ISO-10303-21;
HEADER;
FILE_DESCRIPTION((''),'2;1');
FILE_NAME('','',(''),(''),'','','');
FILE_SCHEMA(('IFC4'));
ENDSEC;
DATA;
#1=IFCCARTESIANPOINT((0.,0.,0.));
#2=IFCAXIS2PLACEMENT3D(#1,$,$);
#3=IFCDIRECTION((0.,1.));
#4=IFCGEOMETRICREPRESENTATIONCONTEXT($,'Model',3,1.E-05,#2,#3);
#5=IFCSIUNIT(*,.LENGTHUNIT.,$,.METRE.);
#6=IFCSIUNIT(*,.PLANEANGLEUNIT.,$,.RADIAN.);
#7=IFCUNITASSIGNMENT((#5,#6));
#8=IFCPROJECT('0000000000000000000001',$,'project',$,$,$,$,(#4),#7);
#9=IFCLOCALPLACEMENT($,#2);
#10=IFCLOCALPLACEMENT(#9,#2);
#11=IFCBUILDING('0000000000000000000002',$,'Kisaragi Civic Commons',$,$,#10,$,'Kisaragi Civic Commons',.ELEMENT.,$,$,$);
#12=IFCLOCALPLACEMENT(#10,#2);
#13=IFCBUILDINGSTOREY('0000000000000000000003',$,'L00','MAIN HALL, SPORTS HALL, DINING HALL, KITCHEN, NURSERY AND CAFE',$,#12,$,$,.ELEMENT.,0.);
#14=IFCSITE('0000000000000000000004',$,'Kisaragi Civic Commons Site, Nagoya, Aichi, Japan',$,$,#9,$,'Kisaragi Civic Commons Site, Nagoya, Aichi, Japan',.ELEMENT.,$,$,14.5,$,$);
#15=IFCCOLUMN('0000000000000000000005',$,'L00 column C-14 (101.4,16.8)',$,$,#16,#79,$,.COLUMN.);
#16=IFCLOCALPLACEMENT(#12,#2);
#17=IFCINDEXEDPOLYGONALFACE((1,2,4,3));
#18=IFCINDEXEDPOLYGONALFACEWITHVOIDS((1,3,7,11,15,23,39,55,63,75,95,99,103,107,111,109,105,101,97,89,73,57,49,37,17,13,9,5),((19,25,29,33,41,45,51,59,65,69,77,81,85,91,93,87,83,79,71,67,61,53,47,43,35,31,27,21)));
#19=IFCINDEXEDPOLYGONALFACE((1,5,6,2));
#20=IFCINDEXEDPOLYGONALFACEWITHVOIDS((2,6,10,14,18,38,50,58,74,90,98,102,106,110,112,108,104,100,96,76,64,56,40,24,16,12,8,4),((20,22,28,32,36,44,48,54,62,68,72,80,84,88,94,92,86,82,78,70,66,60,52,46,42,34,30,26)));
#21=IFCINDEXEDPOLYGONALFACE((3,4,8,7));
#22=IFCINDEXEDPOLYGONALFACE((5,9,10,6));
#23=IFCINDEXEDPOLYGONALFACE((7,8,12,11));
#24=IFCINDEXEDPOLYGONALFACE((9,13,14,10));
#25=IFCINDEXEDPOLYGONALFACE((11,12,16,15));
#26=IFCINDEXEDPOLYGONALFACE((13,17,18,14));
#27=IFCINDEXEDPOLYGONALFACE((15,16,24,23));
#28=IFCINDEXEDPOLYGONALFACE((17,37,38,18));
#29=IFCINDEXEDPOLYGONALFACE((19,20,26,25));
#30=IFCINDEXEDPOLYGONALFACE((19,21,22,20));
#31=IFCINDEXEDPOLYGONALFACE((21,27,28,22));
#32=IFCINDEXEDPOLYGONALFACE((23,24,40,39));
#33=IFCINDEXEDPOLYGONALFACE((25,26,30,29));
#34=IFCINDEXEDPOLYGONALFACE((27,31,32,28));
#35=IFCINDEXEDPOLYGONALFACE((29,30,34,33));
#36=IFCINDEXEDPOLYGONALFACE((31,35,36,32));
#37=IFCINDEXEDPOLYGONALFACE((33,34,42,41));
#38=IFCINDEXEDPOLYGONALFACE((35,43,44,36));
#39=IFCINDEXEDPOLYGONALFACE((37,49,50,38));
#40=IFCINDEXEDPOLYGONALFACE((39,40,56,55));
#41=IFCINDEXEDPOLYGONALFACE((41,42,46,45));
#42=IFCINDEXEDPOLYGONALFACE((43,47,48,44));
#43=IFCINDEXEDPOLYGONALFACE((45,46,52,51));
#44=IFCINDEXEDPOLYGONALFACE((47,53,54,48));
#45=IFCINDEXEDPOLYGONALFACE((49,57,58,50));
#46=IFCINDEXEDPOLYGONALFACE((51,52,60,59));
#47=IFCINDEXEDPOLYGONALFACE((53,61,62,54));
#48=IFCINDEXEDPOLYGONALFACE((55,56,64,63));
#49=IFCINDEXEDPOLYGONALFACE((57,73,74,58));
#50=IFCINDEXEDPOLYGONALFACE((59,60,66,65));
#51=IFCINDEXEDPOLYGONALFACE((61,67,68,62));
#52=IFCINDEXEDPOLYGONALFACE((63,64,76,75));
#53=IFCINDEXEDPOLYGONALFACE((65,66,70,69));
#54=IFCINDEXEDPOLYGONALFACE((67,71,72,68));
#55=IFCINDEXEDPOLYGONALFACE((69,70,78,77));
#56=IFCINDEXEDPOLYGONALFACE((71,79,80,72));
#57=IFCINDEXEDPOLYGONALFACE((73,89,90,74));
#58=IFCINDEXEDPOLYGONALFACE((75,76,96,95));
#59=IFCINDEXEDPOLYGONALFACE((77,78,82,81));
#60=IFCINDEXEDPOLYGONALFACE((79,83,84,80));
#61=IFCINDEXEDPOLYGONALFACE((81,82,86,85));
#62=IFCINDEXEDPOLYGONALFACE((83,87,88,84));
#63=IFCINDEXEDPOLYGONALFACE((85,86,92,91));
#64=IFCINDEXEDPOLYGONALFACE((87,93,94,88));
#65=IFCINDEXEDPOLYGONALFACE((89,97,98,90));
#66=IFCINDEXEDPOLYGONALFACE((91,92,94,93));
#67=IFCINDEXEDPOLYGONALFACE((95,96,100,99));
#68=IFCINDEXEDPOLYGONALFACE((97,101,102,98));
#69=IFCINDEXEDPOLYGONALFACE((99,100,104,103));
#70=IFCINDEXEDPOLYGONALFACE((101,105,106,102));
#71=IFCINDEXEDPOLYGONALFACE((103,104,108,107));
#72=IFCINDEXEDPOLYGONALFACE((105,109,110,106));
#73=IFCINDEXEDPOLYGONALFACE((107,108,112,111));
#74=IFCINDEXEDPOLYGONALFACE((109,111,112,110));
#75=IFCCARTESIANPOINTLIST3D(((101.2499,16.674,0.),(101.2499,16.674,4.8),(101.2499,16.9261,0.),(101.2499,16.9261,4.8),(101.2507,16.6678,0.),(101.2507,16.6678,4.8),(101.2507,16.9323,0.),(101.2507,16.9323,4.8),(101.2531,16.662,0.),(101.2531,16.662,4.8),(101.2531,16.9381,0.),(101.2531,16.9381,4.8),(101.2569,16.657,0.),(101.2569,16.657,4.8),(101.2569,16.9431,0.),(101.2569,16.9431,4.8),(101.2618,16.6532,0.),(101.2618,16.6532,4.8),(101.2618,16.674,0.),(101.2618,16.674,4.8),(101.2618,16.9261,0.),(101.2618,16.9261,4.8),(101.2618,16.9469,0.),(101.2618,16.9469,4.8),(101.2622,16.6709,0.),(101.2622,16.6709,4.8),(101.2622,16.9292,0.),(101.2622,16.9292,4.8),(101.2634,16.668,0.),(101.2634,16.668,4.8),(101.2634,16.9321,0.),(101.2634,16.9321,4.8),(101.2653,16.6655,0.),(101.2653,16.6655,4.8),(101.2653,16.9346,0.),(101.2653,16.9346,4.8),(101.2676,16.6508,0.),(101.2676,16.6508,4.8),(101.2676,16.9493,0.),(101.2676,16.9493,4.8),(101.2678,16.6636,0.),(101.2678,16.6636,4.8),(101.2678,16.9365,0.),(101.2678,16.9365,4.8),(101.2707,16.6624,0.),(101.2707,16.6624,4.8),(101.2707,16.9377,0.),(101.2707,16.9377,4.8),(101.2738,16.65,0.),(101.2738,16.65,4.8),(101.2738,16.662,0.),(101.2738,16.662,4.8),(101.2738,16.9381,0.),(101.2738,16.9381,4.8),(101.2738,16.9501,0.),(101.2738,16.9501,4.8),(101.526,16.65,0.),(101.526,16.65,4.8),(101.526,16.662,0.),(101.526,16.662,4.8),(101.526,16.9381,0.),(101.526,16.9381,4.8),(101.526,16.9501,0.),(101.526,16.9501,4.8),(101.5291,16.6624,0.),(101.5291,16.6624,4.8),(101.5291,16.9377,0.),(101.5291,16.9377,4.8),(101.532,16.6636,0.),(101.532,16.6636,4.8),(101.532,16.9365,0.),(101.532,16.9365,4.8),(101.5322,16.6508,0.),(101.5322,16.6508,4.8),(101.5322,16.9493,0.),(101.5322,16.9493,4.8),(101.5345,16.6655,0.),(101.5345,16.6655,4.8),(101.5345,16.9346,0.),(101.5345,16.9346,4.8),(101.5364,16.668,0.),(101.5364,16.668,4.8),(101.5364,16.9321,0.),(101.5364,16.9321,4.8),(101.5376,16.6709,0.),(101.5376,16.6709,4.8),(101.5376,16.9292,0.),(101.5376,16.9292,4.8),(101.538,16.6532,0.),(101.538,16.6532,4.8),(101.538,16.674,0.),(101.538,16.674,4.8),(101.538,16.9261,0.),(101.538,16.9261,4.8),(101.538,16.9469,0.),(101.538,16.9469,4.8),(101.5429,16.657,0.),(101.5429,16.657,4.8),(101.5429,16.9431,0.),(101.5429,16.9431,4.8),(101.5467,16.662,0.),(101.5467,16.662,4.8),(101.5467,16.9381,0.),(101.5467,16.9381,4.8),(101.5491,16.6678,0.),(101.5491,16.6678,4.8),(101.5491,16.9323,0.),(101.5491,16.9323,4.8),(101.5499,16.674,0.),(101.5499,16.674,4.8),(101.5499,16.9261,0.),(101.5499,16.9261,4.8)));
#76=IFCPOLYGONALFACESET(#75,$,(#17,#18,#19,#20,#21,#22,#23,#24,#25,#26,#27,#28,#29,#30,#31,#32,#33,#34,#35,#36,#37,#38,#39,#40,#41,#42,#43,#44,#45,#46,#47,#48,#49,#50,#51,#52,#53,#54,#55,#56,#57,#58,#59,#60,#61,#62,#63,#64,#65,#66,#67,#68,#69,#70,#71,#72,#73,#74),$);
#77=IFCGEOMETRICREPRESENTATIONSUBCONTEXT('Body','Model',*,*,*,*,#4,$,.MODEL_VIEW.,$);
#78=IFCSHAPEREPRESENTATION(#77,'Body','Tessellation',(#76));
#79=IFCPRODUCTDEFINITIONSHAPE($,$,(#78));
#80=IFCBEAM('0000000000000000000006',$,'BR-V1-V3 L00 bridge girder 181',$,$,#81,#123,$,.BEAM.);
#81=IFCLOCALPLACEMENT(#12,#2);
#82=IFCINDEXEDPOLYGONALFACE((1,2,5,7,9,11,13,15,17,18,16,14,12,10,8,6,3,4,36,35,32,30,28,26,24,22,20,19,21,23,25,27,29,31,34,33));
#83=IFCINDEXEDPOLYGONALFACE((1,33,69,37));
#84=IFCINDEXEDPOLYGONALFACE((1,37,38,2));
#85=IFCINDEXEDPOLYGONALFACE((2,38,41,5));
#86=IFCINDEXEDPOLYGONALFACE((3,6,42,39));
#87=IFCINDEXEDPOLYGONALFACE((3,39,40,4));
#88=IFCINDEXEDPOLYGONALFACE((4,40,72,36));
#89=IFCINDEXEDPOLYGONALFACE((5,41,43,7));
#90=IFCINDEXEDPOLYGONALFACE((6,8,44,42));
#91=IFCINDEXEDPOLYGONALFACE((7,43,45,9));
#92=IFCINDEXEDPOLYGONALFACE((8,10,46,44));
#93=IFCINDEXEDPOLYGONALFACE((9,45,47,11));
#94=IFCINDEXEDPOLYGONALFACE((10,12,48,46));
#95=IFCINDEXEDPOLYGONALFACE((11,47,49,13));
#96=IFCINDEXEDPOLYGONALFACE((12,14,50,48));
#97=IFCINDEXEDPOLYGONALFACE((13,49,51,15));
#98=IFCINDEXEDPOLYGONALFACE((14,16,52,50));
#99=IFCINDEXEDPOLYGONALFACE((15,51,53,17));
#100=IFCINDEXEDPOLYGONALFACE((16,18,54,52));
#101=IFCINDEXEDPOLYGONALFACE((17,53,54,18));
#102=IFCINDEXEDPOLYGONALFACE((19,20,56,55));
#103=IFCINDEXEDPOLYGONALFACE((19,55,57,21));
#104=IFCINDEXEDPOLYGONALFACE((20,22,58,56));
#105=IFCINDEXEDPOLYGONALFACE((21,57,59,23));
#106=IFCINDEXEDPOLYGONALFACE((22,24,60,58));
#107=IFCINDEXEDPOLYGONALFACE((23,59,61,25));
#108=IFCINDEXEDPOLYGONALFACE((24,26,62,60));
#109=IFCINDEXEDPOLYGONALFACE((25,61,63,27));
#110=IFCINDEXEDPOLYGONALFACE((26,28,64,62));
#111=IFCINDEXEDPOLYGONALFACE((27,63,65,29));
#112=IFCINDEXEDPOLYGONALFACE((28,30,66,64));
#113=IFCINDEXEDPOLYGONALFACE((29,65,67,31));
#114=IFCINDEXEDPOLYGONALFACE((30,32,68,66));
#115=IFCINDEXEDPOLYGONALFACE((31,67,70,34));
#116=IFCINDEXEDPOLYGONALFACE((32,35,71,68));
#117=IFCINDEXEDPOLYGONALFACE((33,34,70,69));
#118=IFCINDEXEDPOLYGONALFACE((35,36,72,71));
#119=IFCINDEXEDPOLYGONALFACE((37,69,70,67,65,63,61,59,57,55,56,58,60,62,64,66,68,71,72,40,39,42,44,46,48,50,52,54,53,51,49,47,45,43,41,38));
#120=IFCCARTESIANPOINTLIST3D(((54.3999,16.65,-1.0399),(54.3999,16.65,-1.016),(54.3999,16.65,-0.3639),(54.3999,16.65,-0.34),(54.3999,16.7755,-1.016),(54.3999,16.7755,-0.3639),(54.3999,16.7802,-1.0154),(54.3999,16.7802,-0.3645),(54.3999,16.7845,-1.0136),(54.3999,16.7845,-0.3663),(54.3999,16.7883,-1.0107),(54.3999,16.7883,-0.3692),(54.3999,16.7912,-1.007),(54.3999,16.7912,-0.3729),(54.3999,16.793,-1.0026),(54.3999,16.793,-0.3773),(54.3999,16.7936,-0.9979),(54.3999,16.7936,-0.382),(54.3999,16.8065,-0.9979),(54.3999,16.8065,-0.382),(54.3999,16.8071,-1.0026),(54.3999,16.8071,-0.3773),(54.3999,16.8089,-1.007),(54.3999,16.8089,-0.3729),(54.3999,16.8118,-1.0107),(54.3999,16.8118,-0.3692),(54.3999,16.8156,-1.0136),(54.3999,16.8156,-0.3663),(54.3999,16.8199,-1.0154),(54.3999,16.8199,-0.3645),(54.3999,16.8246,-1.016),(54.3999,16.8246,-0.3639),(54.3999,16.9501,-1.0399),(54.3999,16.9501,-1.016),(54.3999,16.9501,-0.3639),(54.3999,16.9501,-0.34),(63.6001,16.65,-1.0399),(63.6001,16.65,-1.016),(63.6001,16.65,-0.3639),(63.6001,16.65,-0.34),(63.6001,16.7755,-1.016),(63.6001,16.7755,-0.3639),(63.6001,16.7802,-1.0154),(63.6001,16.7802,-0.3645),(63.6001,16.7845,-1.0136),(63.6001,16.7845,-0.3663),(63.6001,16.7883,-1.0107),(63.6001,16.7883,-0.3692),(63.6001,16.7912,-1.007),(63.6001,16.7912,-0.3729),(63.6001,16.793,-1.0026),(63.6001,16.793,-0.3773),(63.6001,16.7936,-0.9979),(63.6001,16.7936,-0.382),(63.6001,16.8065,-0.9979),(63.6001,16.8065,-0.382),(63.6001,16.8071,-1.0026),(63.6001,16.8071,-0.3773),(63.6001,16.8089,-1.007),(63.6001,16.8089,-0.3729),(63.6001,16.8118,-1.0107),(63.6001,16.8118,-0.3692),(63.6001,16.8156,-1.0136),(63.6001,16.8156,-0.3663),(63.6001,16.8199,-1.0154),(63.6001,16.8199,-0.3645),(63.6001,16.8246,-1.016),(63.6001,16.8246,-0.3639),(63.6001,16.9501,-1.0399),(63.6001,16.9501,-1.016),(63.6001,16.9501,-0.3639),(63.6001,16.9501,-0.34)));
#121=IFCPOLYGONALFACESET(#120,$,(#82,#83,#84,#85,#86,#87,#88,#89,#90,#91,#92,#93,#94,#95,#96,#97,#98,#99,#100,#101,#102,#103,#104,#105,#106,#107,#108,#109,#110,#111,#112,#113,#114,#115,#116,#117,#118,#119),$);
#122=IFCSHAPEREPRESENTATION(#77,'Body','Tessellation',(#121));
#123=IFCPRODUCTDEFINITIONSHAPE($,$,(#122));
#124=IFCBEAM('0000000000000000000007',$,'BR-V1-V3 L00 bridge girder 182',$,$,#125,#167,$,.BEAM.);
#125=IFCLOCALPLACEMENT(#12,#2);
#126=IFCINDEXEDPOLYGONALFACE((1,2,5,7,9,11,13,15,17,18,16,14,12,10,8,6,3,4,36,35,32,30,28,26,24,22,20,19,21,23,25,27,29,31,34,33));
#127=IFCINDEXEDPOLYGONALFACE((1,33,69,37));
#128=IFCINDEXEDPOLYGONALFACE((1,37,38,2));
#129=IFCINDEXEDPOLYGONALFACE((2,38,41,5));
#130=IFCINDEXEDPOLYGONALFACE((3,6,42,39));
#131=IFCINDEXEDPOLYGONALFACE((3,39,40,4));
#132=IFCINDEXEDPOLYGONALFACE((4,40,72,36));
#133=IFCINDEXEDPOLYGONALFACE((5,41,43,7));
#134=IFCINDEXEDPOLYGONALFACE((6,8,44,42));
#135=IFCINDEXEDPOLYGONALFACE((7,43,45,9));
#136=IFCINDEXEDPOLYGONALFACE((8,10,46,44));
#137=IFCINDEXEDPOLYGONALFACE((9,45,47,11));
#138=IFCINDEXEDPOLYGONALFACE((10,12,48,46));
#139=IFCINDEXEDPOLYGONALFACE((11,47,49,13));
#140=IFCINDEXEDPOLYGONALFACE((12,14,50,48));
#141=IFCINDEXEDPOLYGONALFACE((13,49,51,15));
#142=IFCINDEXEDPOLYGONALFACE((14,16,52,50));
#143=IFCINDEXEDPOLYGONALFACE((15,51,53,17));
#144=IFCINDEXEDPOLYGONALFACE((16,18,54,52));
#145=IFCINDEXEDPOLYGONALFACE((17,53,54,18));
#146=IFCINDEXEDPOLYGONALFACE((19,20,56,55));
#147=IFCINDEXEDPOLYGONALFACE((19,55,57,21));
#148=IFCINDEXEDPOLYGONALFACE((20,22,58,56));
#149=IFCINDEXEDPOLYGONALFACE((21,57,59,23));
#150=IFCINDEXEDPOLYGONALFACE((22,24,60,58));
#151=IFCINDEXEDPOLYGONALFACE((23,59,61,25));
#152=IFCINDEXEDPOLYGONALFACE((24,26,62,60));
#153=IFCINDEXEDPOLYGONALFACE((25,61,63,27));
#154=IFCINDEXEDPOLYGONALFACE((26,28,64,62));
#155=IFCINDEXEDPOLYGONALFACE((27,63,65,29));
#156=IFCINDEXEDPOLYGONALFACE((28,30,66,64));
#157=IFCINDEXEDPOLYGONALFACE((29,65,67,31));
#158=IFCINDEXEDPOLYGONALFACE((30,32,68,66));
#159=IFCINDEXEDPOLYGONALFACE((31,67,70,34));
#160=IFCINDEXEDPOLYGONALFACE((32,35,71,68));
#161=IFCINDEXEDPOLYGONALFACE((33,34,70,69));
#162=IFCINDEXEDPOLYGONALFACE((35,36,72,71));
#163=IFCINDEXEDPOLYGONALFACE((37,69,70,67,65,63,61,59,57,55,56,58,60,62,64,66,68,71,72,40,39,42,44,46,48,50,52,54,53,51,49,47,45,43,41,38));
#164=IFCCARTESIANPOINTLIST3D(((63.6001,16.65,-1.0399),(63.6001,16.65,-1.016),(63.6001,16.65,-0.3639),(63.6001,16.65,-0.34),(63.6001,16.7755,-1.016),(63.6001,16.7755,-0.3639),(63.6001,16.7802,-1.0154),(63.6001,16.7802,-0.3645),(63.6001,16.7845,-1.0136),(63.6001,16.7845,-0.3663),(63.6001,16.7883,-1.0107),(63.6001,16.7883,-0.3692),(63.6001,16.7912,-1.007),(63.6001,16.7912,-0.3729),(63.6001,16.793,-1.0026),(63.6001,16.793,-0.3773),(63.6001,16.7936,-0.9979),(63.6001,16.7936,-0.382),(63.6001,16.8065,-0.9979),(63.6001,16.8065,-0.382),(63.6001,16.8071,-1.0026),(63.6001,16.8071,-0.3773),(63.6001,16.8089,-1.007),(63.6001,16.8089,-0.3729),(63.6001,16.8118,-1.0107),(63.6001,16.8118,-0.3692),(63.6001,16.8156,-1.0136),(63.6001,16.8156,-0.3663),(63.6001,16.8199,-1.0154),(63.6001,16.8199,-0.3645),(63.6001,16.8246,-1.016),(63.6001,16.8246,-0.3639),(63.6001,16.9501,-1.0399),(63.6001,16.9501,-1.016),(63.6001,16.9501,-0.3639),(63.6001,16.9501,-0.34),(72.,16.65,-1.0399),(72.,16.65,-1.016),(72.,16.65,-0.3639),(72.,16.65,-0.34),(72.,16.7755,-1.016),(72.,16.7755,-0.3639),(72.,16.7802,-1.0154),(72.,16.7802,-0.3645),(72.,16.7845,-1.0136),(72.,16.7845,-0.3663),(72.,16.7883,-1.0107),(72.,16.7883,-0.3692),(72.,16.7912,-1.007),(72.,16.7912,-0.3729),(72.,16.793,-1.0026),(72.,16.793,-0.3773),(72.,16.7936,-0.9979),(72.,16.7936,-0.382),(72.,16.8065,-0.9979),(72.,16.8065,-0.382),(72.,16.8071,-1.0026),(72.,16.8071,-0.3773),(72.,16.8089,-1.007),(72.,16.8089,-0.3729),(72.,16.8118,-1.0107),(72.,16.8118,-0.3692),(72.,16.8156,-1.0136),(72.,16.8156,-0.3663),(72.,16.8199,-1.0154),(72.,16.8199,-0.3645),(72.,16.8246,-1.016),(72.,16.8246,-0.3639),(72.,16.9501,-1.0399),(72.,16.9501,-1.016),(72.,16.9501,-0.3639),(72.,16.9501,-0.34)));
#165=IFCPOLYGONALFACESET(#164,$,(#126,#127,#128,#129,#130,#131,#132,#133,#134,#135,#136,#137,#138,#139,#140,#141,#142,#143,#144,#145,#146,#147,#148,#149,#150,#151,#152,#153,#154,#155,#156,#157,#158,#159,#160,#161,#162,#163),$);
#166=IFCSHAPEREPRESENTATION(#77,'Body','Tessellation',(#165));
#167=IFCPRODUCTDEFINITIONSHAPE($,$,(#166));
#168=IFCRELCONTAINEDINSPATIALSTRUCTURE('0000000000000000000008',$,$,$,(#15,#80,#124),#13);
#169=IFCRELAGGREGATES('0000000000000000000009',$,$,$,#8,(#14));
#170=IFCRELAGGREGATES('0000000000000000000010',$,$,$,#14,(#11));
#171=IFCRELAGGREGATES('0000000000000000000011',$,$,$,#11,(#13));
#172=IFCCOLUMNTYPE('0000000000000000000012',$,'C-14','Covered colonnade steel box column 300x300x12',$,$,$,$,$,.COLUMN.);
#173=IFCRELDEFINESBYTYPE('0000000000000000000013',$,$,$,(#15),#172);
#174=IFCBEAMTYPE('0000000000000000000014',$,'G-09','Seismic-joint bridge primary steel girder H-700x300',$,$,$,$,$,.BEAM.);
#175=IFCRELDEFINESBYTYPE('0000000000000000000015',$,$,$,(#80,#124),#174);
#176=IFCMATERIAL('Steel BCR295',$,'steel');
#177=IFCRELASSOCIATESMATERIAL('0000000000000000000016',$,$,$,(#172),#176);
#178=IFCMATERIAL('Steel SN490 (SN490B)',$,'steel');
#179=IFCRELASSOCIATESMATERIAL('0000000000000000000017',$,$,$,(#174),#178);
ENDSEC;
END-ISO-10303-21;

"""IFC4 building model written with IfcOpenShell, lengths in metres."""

from ifc_helpers import new_model, si_unit, direction, frame, origin, origin_2d, place, context, subcontext, project, spatial, hollow_rectangle, i_section, extrude, material, material_profile, profile_set, type_object, element, save


model = new_model("IFC4")

# Units and contexts
model_context = context("Model", 3, precision=1e-05, world=origin(), true_north=direction((0.0, 1.0)))
body_context = subcontext(model_context, "Body", "Model", "MODEL_VIEW")
ifc_project = project(units=[si_unit("LENGTHUNIT", "METRE"), si_unit("PLANEANGLEUNIT", "RADIAN")], contexts=[model_context])

# Site, building, storey
site_placement = place(None, origin())
site = spatial("IfcSite", under=ifc_project, at=site_placement, Name="Kisaragi Civic Commons Site, Nagoya, Aichi, Japan", LongName="Kisaragi Civic Commons Site, Nagoya, Aichi, Japan", CompositionType="ELEMENT", RefElevation=14.5)
building_placement = place(site_placement, origin())
building = spatial("IfcBuilding", under=site, at=building_placement, Name="Kisaragi Civic Commons", LongName="Kisaragi Civic Commons", CompositionType="ELEMENT")
storey_placement = place(building_placement, origin())
storey = spatial("IfcBuildingStorey", under=building, at=storey_placement, Name="L00", Description="MAIN HALL, SPORTS HALL, DINING HALL, KITCHEN, NURSERY AND CAFE", CompositionType="ELEMENT", Elevation=0.0)

# Column
ifc_material_1 = material(Name="Steel BCR295", Category="steel")
ifc_material_profile_1 = material_profile(ifc_material_1, hollow_rectangle(XDim=0.3, YDim=0.3, WallThickness=0.012, InnerFilletRadius=0.012, OuterFilletRadius=0.0239, at=origin_2d()), Name="BCR-300x300x12", Category="steel")
ifc_profile_set_1 = profile_set([ifc_material_profile_1], Name="Steel BCR295")
column_type = type_object("IfcColumnType", Name="C-14", Description="Covered colonnade steel box column 300x300x12", PredefinedType="COLUMN", material=ifc_profile_set_1)
for number, where, z_axis, x_axis, name in (
    (1, (101.3999, 16.8, 0.0), (0.0, 0.0, 1.0), (1.0, 0.0, 0.0), "L00 column C-14 (101.4,16.8)"),
):
    element("IfcColumn", number, at=place(storey_placement, frame(where, z_axis=z_axis, x_axis=x_axis)), inside=storey, type_object=column_type, Name=name, PredefinedType="COLUMN", context=body_context, shape_type="SweptSolid", body=[
        extrude(hollow_rectangle(XDim=0.3, YDim=0.3, WallThickness=0.012, InnerFilletRadius=0.012, OuterFilletRadius=0.0239, at=origin_2d()), origin(), (0.0, 0.0, 1.0), 4.8),
    ])

# Beams
ifc_material_2 = material(Name="Steel SN490 (SN490B)", Category="steel")
ifc_material_profile_2 = material_profile(ifc_material_2, i_section(OverallWidth=0.3, OverallDepth=0.7, WebThickness=0.0129, FlangeThickness=0.0239, FilletRadius=0.0181, at=origin_2d()), Name="H-700x300x13x24", Category="steel")
ifc_profile_set_2 = profile_set([ifc_material_profile_2], Name="Steel SN490 (SN490B)")
beam_type_1 = type_object("IfcBeamType", Name="G-09", Description="Seismic-joint bridge primary steel girder H-700x300", PredefinedType="BEAM", material=ifc_profile_set_2)
beam_1_placement = place(storey_placement, frame((54.3999, 16.8, -0.6899), z_axis=(1.0, 0.0, 0.0), x_axis=(0.0, 1.0, 0.0)))
element("IfcBeam", 2, at=beam_1_placement, inside=storey, type_object=beam_type_1, Name="BR-V1-V3 L00 bridge girder 181", PredefinedType="BEAM", context=body_context, shape_type="SweptSolid", body=[
    extrude(i_section(OverallWidth=0.3, OverallDepth=0.7, WebThickness=0.0129, FlangeThickness=0.0239, FilletRadius=0.0181, at=origin_2d()), origin(), (0.0, 0.0, 1.0), 9.2002),
])
for number, where, z_axis, x_axis, name in (
    (3, (63.6001, 16.8, -0.6899), (1.0, 0.0, 0.0), (0.0, 1.0, 0.0), "BR-V1-V3 L00 bridge girder 182"),
):
    element("IfcBeam", number, at=place(storey_placement, frame(where, z_axis=z_axis, x_axis=x_axis)), inside=storey, type_object=beam_type_1, Name=name, PredefinedType="BEAM", context=body_context, shape_type="SweptSolid", body=[
        extrude(i_section(OverallWidth=0.3, OverallDepth=0.7, WebThickness=0.0129, FlangeThickness=0.0239, FilletRadius=0.0181, at=origin_2d()), origin(), (0.0, 0.0, 1.0), 8.3999),
    ])

save(model, "model.ifc")
